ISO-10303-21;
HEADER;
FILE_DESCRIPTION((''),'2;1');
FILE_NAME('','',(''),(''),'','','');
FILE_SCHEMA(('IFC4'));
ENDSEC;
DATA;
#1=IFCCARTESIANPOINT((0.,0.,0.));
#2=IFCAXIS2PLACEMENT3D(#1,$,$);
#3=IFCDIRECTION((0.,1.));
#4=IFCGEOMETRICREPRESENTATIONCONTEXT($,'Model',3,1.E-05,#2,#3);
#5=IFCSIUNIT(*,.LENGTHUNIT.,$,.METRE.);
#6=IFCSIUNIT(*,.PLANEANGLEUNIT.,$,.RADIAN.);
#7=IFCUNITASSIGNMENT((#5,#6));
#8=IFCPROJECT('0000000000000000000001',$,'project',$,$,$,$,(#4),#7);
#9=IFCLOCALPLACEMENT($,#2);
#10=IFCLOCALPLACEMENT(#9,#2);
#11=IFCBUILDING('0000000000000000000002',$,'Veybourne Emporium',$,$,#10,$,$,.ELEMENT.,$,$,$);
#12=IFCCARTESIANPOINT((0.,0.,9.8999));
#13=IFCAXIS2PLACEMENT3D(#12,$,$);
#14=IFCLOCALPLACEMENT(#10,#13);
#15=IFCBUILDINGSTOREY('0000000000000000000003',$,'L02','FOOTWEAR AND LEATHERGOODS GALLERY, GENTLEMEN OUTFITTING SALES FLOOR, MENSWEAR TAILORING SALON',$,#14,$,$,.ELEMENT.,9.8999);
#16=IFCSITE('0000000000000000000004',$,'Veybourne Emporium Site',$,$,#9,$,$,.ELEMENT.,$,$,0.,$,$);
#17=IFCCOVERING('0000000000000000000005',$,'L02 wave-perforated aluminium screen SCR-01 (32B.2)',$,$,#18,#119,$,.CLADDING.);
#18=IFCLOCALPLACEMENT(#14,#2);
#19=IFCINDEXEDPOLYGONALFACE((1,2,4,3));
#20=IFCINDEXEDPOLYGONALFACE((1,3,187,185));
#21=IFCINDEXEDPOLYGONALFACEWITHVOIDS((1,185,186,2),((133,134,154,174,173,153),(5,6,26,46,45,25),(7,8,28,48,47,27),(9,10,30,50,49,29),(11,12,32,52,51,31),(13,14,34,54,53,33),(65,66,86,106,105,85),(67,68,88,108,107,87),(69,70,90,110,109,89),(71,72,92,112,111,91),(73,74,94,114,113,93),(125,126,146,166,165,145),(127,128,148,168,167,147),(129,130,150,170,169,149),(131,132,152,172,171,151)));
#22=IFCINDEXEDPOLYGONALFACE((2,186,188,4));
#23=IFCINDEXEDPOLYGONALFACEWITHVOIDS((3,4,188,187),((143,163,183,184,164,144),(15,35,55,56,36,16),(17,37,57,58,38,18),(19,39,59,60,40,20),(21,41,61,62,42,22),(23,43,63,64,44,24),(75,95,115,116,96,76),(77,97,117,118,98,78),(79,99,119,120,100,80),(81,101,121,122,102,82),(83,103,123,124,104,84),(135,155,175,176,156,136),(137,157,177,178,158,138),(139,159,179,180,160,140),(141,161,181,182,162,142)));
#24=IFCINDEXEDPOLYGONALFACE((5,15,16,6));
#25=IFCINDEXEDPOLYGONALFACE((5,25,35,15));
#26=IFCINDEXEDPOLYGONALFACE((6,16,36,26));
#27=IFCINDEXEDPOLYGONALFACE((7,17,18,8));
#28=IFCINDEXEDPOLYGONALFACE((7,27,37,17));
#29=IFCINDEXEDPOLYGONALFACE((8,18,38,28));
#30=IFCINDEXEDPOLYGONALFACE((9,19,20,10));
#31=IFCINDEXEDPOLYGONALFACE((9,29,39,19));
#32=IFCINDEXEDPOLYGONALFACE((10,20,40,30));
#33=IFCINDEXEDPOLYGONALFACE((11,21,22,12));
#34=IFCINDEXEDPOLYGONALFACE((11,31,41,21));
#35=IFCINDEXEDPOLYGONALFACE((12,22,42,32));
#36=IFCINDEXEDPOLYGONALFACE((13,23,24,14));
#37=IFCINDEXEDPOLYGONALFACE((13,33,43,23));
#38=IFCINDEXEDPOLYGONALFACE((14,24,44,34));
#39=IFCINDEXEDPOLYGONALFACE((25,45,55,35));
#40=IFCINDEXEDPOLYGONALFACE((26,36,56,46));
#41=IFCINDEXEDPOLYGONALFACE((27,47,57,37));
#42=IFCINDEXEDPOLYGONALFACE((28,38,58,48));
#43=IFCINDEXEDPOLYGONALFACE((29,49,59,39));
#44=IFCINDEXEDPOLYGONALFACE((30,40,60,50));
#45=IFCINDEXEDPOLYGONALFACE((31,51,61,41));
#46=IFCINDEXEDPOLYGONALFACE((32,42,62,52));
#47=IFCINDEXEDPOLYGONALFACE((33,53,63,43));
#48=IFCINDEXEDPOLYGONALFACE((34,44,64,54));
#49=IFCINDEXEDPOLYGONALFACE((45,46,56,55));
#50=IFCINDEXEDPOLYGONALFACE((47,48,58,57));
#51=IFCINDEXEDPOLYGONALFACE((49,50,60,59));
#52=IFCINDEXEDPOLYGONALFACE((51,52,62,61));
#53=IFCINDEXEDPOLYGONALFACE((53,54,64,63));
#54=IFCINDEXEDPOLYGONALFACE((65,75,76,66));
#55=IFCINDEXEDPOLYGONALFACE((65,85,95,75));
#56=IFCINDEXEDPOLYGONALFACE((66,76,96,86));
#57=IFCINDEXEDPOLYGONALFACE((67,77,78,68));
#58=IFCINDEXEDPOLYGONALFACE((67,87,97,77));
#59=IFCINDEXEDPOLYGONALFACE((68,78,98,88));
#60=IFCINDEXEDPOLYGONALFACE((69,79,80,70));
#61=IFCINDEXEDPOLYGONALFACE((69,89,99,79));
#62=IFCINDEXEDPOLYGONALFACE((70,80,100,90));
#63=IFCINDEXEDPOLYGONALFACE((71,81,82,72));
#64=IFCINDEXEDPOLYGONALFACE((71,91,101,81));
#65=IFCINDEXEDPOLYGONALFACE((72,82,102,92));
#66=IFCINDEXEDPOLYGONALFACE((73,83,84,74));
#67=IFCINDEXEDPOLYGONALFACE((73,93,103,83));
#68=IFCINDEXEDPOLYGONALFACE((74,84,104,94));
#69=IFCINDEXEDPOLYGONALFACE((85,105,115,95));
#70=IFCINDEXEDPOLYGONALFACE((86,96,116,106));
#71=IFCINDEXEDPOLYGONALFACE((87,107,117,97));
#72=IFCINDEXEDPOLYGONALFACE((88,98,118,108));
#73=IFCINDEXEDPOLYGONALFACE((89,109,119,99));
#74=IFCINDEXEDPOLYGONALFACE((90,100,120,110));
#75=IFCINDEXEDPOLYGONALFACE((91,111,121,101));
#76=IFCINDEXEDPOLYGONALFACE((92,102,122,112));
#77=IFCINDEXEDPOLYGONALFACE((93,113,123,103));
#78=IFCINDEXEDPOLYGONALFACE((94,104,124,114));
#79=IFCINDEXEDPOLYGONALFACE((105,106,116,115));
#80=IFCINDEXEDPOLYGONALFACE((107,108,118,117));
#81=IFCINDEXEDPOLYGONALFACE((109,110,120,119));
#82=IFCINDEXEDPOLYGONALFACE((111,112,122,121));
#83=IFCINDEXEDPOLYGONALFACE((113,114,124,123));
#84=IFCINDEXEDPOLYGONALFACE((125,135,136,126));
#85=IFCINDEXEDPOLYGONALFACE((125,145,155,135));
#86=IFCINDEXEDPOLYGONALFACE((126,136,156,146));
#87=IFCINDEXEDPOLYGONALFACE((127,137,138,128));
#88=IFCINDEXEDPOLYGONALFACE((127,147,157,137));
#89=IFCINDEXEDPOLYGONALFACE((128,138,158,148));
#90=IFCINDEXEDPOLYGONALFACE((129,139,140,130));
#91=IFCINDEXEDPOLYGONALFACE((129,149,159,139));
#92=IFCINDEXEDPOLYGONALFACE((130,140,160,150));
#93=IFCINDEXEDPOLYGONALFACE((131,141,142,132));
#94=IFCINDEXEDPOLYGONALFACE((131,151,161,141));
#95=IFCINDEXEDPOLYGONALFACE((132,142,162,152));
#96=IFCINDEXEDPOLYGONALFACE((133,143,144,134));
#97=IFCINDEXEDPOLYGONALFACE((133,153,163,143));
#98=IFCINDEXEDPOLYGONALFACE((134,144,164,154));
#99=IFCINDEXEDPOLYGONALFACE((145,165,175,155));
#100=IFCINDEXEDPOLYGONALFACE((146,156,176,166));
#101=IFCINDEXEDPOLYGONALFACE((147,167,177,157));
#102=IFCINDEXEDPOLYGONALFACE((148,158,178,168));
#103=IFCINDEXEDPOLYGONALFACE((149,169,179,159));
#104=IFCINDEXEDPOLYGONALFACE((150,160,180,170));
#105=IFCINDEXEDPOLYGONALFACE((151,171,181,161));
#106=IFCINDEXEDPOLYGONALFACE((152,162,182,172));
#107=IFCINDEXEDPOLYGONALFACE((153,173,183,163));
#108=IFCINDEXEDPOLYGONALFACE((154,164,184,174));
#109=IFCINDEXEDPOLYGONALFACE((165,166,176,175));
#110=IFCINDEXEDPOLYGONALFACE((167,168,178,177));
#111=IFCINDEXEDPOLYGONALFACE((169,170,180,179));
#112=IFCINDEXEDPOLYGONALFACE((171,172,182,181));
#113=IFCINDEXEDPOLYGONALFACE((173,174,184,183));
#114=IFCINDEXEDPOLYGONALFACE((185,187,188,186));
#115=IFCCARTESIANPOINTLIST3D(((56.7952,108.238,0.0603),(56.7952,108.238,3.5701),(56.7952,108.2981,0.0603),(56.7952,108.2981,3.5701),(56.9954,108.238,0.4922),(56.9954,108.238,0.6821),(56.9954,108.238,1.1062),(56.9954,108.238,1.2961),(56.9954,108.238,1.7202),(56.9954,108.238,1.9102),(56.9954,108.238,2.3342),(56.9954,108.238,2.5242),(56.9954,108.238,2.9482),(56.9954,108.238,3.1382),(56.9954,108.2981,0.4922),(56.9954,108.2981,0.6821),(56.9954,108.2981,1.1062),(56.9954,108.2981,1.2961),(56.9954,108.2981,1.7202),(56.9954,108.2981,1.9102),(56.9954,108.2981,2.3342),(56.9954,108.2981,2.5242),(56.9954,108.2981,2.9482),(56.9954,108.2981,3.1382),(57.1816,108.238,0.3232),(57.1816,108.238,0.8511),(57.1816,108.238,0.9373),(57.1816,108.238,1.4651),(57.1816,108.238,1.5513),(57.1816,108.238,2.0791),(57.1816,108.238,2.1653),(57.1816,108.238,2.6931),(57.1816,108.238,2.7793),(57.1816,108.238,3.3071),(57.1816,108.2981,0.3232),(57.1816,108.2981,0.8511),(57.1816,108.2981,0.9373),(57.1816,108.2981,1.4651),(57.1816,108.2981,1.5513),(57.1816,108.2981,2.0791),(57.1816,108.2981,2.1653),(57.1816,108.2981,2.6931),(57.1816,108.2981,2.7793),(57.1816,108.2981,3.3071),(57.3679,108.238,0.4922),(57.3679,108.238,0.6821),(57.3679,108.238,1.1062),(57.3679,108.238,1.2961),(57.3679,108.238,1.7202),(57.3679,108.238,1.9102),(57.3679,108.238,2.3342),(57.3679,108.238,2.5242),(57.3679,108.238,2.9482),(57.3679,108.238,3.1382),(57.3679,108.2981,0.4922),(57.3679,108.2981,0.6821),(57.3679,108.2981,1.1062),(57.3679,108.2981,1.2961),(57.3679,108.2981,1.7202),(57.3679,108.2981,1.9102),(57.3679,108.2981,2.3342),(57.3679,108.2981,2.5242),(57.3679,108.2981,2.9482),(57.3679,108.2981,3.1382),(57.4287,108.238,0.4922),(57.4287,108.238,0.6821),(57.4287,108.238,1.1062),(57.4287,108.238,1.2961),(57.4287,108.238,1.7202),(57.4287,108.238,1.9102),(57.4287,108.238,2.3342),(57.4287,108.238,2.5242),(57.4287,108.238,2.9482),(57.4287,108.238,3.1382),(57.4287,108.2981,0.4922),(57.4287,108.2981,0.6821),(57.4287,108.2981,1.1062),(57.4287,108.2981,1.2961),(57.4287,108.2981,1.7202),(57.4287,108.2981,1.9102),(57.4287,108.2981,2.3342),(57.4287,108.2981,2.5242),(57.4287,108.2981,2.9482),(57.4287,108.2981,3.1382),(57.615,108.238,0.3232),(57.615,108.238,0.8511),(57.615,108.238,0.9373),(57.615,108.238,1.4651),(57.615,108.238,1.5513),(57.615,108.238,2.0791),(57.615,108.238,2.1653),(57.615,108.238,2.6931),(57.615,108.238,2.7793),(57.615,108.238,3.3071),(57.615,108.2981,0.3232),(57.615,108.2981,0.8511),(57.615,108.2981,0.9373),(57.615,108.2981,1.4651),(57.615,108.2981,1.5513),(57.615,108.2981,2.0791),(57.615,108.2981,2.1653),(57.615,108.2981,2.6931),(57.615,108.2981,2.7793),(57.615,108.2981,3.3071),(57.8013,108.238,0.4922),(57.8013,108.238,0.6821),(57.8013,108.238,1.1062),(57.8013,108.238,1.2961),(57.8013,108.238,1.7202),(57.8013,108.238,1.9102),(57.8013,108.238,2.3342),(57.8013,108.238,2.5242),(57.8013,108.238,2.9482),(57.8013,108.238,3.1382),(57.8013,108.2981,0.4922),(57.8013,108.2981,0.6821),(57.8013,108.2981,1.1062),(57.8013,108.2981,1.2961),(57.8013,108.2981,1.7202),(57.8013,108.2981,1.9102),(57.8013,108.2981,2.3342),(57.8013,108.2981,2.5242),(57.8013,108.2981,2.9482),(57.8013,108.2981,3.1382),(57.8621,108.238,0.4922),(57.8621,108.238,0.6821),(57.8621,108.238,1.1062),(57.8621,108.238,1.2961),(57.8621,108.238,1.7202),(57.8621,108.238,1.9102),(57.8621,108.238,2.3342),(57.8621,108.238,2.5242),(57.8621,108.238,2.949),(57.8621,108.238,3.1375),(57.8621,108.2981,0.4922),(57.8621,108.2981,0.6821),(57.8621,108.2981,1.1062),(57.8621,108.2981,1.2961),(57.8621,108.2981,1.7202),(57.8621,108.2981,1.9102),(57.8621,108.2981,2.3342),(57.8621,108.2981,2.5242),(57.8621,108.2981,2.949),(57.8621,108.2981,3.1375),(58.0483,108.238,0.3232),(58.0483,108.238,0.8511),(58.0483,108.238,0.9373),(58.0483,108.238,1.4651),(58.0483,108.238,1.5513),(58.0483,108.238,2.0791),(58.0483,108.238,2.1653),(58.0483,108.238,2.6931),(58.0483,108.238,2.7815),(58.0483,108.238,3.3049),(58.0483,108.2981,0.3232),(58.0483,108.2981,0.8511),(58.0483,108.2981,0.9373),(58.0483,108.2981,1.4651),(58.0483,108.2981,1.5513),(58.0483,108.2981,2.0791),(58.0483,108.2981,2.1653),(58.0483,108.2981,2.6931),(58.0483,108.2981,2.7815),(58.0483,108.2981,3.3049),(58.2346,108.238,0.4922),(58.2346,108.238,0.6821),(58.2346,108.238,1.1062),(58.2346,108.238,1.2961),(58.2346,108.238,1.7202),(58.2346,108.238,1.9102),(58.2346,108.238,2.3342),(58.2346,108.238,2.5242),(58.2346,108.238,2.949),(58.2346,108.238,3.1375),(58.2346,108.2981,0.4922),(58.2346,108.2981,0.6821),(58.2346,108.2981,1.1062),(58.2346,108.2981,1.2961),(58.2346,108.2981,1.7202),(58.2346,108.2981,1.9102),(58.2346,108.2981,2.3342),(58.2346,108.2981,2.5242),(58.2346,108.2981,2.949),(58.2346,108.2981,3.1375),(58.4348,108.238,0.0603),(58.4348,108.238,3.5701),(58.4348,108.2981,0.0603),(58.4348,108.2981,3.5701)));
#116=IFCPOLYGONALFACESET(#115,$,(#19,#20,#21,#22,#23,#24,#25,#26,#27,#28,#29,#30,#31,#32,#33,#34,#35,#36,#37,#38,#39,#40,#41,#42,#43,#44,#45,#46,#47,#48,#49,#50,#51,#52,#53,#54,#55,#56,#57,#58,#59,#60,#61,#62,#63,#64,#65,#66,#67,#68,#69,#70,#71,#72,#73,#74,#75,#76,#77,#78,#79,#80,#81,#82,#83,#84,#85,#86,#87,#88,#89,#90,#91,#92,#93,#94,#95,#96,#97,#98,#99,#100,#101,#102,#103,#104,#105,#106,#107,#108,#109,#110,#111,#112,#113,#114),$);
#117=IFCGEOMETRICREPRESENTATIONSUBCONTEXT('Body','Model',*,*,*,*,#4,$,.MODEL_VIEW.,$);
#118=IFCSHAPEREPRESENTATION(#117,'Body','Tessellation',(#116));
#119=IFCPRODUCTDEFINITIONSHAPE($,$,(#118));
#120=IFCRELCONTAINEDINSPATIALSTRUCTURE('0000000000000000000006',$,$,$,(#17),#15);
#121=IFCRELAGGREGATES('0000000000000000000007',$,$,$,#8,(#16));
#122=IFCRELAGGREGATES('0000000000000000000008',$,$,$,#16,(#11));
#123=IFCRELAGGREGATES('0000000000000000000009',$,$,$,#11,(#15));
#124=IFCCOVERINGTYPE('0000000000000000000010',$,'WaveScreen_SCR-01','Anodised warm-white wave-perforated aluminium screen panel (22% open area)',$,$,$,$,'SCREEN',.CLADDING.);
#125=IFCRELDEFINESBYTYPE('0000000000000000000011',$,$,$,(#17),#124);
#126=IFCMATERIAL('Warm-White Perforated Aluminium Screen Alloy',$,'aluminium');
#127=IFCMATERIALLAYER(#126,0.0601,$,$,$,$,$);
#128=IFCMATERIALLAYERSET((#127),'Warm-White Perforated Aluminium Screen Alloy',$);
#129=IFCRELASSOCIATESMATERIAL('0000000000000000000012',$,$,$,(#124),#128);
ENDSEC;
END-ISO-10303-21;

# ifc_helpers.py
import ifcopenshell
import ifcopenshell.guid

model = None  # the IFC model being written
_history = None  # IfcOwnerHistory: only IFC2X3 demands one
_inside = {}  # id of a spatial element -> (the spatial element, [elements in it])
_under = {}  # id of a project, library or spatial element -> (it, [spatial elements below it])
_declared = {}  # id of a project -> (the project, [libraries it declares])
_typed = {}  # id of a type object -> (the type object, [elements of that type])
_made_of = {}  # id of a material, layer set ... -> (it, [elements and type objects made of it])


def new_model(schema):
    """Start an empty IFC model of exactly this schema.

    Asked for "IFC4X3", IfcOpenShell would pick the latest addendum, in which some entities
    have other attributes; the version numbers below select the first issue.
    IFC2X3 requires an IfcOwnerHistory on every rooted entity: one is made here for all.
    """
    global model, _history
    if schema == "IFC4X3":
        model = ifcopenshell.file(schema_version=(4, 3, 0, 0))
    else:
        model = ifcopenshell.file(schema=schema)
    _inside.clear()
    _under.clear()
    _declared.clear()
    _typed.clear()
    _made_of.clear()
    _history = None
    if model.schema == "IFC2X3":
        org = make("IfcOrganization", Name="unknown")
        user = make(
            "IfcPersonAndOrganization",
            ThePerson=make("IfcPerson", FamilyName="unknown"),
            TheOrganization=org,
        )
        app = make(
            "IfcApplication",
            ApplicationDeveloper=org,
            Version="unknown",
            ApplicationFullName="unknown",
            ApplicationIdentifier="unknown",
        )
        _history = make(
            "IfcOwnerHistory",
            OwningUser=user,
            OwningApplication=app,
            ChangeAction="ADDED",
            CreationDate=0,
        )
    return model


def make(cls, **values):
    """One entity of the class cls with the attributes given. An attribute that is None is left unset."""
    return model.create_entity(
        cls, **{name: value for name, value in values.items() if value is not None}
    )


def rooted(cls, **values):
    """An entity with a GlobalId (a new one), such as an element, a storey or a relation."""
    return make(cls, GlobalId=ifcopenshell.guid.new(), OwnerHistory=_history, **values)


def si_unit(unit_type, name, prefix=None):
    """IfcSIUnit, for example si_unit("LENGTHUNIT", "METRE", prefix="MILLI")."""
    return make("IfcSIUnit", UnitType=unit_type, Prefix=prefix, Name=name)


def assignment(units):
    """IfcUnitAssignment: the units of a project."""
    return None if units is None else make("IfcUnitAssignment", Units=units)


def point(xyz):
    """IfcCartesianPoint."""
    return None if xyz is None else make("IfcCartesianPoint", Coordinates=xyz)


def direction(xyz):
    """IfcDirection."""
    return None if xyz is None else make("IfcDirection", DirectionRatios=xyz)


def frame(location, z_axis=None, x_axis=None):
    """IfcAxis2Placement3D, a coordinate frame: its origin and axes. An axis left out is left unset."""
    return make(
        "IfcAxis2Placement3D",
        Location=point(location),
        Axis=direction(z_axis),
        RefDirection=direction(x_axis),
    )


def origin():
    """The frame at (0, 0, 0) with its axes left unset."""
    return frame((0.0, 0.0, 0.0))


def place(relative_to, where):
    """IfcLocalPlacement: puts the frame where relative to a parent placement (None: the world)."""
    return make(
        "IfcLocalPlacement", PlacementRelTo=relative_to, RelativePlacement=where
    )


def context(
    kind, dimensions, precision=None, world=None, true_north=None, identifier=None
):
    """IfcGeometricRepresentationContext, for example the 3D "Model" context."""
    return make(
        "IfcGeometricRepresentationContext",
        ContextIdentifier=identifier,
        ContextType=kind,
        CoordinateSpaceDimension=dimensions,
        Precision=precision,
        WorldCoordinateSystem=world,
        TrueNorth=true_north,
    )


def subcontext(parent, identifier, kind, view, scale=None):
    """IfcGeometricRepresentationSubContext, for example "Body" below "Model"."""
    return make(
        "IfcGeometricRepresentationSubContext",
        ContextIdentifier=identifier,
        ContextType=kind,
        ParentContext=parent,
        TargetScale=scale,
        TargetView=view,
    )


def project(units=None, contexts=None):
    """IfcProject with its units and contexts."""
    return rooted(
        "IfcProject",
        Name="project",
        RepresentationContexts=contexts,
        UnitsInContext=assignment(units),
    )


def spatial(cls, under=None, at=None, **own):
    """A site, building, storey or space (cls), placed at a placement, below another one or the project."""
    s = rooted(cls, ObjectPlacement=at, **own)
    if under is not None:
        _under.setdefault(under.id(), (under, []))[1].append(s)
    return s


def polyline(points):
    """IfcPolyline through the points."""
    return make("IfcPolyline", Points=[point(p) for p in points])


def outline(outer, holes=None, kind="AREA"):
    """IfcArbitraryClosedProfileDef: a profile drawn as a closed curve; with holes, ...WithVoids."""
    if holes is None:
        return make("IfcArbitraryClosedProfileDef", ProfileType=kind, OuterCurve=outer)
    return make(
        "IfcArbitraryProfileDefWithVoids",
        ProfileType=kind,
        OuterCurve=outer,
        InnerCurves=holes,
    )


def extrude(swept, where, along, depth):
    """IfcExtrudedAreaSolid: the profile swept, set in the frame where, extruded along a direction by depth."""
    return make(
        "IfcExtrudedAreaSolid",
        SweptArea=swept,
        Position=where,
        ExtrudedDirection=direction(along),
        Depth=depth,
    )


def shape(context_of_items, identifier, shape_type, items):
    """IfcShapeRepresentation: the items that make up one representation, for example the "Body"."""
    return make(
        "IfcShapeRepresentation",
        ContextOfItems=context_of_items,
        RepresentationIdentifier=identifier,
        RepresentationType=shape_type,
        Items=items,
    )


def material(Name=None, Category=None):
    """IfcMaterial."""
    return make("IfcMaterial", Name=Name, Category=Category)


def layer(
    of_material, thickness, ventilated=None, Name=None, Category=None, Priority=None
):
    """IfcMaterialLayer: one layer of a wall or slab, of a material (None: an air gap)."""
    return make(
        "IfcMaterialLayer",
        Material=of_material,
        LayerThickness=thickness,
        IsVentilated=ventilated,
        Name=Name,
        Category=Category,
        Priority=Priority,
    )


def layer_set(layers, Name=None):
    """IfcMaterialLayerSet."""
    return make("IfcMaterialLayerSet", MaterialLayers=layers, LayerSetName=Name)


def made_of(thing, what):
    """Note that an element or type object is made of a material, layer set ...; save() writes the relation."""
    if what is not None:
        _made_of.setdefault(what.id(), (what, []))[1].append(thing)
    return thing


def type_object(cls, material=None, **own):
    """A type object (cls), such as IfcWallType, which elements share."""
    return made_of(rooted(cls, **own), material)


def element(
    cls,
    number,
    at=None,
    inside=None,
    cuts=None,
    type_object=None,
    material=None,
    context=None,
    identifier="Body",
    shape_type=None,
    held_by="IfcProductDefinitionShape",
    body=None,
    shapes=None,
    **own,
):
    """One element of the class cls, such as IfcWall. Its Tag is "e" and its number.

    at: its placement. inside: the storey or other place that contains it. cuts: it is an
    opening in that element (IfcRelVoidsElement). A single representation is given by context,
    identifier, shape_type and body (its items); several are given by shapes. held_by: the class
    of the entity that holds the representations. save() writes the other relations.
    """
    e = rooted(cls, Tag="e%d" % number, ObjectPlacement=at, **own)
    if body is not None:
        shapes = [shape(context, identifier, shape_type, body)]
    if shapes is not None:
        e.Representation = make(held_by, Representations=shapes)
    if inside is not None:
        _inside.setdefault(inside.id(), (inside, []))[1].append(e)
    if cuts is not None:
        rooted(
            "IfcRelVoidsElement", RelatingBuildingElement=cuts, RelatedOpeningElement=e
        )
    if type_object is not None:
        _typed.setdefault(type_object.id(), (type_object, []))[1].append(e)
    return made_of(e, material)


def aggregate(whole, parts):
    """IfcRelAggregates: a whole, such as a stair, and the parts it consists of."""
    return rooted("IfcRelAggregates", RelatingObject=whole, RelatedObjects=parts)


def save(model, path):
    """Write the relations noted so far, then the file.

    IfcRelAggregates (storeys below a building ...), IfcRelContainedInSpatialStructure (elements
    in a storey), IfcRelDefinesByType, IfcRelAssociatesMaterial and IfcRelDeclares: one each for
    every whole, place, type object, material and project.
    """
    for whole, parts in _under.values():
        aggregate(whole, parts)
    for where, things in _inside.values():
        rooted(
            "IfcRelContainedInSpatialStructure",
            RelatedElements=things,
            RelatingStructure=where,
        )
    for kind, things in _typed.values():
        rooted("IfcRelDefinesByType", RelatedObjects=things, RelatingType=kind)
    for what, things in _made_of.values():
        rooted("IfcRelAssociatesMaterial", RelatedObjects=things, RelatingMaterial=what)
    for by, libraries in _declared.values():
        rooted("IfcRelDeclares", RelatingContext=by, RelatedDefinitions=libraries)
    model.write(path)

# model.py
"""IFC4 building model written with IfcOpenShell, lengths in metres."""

from ifc_helpers import new_model, si_unit, direction, frame, origin, place, context, subcontext, project, spatial, polyline, outline, extrude, material, layer, layer_set, type_object, element, save


model = new_model("IFC4")

# Units and contexts
model_context = context("Model", 3, precision=1e-05, world=origin(), true_north=direction((0.0, 1.0)))
body_context = subcontext(model_context, "Body", "Model", "MODEL_VIEW")
ifc_project = project(units=[si_unit("LENGTHUNIT", "METRE"), si_unit("PLANEANGLEUNIT", "RADIAN")], contexts=[model_context])

# Site, building, storey
site_placement = place(None, origin())
site = spatial("IfcSite", under=ifc_project, at=site_placement, Name="Veybourne Emporium Site", CompositionType="ELEMENT", RefElevation=0.0)
building_placement = place(site_placement, origin())
building = spatial("IfcBuilding", under=site, at=building_placement, Name="Veybourne Emporium", CompositionType="ELEMENT")
storey_placement = place(building_placement, frame((0.0, 0.0, 9.8999)))
storey = spatial("IfcBuildingStorey", under=building, at=storey_placement, Name="L02", Description="FOOTWEAR AND LEATHERGOODS GALLERY, GENTLEMEN OUTFITTING SALES FLOOR, MENSWEAR TAILORING SALON", CompositionType="ELEMENT", Elevation=9.8999)

# Covering
ifc_material_1 = material(Name="Warm-White Perforated Aluminium Screen Alloy", Category="aluminium")
ifc_layer_1 = layer(ifc_material_1, 0.0601)
ifc_layer_set_1 = layer_set([ifc_layer_1], Name="Warm-White Perforated Aluminium Screen Alloy")
covering_type_1 = type_object("IfcCoveringType", Name="WaveScreen_SCR-01", Description="Anodised warm-white wave-perforated aluminium screen panel (22% open area)", ElementType="SCREEN", PredefinedType="CLADDING", material=ifc_layer_set_1)
covering_1_placement = place(storey_placement, frame((57.615, 108.2981, 1.8152), z_axis=(0.0, -1.0, 0.0), x_axis=(1.0, 0.0, 0.0)))
element("IfcCovering", 1, at=covering_1_placement, inside=storey, type_object=covering_type_1, Name="L02 wave-perforated aluminium screen SCR-01 (32B.2)", PredefinedType="CLADDING", context=body_context, shape_type="SweptSolid", body=[
    extrude(outline(polyline([(-0.8198, -1.7549), (0.8198, -1.7549), (0.8198, 1.7549), (-0.8198, 1.7549), (-0.8198, -1.7549)]), holes=[polyline([(-0.4333, -0.9641), (-0.2471, -1.1331), (-0.2471, -1.323), (-0.4333, -1.4919), (-0.6196, -1.323), (-0.6196, -1.1331), (-0.4333, -0.9641)]), polyline([(-0.4333, -0.3501), (-0.2471, -0.519), (-0.2471, -0.709), (-0.4333, -0.8779), (-0.6196, -0.709), (-0.6196, -0.519), (-0.4333, -0.3501)]), polyline([(-0.4333, 0.2639), (-0.2471, 0.095), (-0.2471, -0.095), (-0.4333, -0.2639), (-0.6196, -0.095), (-0.6196, 0.095), (-0.4333, 0.2639)]), polyline([(-0.4333, 0.8779), (-0.2471, 0.709), (-0.2471, 0.519), (-0.4333, 0.3501), (-0.6196, 0.519), (-0.6196, 0.709), (-0.4333, 0.8779)]), polyline([(-0.4333, 1.4919), (-0.2471, 1.323), (-0.2471, 1.1331), (-0.4333, 0.9641), (-0.6196, 1.1331), (-0.6196, 1.323), (-0.4333, 1.4919)]), polyline([(0.0, -0.9641), (0.1863, -1.1331), (0.1863, -1.323), (0.0, -1.4919), (-0.1863, -1.323), (-0.1863, -1.1331), (0.0, -0.9641)]), polyline([(0.0, -0.3501), (0.1863, -0.519), (0.1863, -0.709), (0.0, -0.8779), (-0.1863, -0.709), (-0.1863, -0.519), (0.0, -0.3501)]), polyline([(0.0, 0.2639), (0.1863, 0.095), (0.1863, -0.095), (0.0, -0.2639), (-0.1863, -0.095), (-0.1863, 0.095), (0.0, 0.2639)]), polyline([(0.0, 0.8779), (0.1863, 0.709), (0.1863, 0.519), (0.0, 0.3501), (-0.1863, 0.519), (-0.1863, 0.709), (0.0, 0.8779)]), polyline([(0.0, 1.4919), (0.1863, 1.323), (0.1863, 1.1331), (0.0, 0.9641), (-0.1863, 1.1331), (-0.1863, 1.323), (0.0, 1.4919)]), polyline([(0.4333, -0.9641), (0.6196, -1.1331), (0.6196, -1.323), (0.4333, -1.4919), (0.2471, -1.323), (0.2471, -1.1331), (0.4333, -0.9641)]), polyline([(0.4333, -0.3501), (0.6196, -0.519), (0.6196, -0.709), (0.4333, -0.8779), (0.2471, -0.709), (0.2471, -0.519), (0.4333, -0.3501)]), polyline([(0.4333, 0.2639), (0.6196, 0.095), (0.6196, -0.095), (0.4333, -0.2639), (0.2471, -0.095), (0.2471, 0.095), (0.4333, 0.2639)]), polyline([(0.4333, 0.8779), (0.6196, 0.709), (0.6196, 0.519), (0.4333, 0.3501), (0.2471, 0.519), (0.2471, 0.709), (0.4333, 0.8779)]), polyline([(0.4333, 1.4897), (0.6196, 1.3223), (0.6196, 1.1338), (0.4333, 0.9663), (0.2471, 1.1338), (0.2471, 1.3223), (0.4333, 1.4897)])]), origin(), (0.0, 0.0, 1.0), 0.0601),
])

save(model, "model.ifc")
